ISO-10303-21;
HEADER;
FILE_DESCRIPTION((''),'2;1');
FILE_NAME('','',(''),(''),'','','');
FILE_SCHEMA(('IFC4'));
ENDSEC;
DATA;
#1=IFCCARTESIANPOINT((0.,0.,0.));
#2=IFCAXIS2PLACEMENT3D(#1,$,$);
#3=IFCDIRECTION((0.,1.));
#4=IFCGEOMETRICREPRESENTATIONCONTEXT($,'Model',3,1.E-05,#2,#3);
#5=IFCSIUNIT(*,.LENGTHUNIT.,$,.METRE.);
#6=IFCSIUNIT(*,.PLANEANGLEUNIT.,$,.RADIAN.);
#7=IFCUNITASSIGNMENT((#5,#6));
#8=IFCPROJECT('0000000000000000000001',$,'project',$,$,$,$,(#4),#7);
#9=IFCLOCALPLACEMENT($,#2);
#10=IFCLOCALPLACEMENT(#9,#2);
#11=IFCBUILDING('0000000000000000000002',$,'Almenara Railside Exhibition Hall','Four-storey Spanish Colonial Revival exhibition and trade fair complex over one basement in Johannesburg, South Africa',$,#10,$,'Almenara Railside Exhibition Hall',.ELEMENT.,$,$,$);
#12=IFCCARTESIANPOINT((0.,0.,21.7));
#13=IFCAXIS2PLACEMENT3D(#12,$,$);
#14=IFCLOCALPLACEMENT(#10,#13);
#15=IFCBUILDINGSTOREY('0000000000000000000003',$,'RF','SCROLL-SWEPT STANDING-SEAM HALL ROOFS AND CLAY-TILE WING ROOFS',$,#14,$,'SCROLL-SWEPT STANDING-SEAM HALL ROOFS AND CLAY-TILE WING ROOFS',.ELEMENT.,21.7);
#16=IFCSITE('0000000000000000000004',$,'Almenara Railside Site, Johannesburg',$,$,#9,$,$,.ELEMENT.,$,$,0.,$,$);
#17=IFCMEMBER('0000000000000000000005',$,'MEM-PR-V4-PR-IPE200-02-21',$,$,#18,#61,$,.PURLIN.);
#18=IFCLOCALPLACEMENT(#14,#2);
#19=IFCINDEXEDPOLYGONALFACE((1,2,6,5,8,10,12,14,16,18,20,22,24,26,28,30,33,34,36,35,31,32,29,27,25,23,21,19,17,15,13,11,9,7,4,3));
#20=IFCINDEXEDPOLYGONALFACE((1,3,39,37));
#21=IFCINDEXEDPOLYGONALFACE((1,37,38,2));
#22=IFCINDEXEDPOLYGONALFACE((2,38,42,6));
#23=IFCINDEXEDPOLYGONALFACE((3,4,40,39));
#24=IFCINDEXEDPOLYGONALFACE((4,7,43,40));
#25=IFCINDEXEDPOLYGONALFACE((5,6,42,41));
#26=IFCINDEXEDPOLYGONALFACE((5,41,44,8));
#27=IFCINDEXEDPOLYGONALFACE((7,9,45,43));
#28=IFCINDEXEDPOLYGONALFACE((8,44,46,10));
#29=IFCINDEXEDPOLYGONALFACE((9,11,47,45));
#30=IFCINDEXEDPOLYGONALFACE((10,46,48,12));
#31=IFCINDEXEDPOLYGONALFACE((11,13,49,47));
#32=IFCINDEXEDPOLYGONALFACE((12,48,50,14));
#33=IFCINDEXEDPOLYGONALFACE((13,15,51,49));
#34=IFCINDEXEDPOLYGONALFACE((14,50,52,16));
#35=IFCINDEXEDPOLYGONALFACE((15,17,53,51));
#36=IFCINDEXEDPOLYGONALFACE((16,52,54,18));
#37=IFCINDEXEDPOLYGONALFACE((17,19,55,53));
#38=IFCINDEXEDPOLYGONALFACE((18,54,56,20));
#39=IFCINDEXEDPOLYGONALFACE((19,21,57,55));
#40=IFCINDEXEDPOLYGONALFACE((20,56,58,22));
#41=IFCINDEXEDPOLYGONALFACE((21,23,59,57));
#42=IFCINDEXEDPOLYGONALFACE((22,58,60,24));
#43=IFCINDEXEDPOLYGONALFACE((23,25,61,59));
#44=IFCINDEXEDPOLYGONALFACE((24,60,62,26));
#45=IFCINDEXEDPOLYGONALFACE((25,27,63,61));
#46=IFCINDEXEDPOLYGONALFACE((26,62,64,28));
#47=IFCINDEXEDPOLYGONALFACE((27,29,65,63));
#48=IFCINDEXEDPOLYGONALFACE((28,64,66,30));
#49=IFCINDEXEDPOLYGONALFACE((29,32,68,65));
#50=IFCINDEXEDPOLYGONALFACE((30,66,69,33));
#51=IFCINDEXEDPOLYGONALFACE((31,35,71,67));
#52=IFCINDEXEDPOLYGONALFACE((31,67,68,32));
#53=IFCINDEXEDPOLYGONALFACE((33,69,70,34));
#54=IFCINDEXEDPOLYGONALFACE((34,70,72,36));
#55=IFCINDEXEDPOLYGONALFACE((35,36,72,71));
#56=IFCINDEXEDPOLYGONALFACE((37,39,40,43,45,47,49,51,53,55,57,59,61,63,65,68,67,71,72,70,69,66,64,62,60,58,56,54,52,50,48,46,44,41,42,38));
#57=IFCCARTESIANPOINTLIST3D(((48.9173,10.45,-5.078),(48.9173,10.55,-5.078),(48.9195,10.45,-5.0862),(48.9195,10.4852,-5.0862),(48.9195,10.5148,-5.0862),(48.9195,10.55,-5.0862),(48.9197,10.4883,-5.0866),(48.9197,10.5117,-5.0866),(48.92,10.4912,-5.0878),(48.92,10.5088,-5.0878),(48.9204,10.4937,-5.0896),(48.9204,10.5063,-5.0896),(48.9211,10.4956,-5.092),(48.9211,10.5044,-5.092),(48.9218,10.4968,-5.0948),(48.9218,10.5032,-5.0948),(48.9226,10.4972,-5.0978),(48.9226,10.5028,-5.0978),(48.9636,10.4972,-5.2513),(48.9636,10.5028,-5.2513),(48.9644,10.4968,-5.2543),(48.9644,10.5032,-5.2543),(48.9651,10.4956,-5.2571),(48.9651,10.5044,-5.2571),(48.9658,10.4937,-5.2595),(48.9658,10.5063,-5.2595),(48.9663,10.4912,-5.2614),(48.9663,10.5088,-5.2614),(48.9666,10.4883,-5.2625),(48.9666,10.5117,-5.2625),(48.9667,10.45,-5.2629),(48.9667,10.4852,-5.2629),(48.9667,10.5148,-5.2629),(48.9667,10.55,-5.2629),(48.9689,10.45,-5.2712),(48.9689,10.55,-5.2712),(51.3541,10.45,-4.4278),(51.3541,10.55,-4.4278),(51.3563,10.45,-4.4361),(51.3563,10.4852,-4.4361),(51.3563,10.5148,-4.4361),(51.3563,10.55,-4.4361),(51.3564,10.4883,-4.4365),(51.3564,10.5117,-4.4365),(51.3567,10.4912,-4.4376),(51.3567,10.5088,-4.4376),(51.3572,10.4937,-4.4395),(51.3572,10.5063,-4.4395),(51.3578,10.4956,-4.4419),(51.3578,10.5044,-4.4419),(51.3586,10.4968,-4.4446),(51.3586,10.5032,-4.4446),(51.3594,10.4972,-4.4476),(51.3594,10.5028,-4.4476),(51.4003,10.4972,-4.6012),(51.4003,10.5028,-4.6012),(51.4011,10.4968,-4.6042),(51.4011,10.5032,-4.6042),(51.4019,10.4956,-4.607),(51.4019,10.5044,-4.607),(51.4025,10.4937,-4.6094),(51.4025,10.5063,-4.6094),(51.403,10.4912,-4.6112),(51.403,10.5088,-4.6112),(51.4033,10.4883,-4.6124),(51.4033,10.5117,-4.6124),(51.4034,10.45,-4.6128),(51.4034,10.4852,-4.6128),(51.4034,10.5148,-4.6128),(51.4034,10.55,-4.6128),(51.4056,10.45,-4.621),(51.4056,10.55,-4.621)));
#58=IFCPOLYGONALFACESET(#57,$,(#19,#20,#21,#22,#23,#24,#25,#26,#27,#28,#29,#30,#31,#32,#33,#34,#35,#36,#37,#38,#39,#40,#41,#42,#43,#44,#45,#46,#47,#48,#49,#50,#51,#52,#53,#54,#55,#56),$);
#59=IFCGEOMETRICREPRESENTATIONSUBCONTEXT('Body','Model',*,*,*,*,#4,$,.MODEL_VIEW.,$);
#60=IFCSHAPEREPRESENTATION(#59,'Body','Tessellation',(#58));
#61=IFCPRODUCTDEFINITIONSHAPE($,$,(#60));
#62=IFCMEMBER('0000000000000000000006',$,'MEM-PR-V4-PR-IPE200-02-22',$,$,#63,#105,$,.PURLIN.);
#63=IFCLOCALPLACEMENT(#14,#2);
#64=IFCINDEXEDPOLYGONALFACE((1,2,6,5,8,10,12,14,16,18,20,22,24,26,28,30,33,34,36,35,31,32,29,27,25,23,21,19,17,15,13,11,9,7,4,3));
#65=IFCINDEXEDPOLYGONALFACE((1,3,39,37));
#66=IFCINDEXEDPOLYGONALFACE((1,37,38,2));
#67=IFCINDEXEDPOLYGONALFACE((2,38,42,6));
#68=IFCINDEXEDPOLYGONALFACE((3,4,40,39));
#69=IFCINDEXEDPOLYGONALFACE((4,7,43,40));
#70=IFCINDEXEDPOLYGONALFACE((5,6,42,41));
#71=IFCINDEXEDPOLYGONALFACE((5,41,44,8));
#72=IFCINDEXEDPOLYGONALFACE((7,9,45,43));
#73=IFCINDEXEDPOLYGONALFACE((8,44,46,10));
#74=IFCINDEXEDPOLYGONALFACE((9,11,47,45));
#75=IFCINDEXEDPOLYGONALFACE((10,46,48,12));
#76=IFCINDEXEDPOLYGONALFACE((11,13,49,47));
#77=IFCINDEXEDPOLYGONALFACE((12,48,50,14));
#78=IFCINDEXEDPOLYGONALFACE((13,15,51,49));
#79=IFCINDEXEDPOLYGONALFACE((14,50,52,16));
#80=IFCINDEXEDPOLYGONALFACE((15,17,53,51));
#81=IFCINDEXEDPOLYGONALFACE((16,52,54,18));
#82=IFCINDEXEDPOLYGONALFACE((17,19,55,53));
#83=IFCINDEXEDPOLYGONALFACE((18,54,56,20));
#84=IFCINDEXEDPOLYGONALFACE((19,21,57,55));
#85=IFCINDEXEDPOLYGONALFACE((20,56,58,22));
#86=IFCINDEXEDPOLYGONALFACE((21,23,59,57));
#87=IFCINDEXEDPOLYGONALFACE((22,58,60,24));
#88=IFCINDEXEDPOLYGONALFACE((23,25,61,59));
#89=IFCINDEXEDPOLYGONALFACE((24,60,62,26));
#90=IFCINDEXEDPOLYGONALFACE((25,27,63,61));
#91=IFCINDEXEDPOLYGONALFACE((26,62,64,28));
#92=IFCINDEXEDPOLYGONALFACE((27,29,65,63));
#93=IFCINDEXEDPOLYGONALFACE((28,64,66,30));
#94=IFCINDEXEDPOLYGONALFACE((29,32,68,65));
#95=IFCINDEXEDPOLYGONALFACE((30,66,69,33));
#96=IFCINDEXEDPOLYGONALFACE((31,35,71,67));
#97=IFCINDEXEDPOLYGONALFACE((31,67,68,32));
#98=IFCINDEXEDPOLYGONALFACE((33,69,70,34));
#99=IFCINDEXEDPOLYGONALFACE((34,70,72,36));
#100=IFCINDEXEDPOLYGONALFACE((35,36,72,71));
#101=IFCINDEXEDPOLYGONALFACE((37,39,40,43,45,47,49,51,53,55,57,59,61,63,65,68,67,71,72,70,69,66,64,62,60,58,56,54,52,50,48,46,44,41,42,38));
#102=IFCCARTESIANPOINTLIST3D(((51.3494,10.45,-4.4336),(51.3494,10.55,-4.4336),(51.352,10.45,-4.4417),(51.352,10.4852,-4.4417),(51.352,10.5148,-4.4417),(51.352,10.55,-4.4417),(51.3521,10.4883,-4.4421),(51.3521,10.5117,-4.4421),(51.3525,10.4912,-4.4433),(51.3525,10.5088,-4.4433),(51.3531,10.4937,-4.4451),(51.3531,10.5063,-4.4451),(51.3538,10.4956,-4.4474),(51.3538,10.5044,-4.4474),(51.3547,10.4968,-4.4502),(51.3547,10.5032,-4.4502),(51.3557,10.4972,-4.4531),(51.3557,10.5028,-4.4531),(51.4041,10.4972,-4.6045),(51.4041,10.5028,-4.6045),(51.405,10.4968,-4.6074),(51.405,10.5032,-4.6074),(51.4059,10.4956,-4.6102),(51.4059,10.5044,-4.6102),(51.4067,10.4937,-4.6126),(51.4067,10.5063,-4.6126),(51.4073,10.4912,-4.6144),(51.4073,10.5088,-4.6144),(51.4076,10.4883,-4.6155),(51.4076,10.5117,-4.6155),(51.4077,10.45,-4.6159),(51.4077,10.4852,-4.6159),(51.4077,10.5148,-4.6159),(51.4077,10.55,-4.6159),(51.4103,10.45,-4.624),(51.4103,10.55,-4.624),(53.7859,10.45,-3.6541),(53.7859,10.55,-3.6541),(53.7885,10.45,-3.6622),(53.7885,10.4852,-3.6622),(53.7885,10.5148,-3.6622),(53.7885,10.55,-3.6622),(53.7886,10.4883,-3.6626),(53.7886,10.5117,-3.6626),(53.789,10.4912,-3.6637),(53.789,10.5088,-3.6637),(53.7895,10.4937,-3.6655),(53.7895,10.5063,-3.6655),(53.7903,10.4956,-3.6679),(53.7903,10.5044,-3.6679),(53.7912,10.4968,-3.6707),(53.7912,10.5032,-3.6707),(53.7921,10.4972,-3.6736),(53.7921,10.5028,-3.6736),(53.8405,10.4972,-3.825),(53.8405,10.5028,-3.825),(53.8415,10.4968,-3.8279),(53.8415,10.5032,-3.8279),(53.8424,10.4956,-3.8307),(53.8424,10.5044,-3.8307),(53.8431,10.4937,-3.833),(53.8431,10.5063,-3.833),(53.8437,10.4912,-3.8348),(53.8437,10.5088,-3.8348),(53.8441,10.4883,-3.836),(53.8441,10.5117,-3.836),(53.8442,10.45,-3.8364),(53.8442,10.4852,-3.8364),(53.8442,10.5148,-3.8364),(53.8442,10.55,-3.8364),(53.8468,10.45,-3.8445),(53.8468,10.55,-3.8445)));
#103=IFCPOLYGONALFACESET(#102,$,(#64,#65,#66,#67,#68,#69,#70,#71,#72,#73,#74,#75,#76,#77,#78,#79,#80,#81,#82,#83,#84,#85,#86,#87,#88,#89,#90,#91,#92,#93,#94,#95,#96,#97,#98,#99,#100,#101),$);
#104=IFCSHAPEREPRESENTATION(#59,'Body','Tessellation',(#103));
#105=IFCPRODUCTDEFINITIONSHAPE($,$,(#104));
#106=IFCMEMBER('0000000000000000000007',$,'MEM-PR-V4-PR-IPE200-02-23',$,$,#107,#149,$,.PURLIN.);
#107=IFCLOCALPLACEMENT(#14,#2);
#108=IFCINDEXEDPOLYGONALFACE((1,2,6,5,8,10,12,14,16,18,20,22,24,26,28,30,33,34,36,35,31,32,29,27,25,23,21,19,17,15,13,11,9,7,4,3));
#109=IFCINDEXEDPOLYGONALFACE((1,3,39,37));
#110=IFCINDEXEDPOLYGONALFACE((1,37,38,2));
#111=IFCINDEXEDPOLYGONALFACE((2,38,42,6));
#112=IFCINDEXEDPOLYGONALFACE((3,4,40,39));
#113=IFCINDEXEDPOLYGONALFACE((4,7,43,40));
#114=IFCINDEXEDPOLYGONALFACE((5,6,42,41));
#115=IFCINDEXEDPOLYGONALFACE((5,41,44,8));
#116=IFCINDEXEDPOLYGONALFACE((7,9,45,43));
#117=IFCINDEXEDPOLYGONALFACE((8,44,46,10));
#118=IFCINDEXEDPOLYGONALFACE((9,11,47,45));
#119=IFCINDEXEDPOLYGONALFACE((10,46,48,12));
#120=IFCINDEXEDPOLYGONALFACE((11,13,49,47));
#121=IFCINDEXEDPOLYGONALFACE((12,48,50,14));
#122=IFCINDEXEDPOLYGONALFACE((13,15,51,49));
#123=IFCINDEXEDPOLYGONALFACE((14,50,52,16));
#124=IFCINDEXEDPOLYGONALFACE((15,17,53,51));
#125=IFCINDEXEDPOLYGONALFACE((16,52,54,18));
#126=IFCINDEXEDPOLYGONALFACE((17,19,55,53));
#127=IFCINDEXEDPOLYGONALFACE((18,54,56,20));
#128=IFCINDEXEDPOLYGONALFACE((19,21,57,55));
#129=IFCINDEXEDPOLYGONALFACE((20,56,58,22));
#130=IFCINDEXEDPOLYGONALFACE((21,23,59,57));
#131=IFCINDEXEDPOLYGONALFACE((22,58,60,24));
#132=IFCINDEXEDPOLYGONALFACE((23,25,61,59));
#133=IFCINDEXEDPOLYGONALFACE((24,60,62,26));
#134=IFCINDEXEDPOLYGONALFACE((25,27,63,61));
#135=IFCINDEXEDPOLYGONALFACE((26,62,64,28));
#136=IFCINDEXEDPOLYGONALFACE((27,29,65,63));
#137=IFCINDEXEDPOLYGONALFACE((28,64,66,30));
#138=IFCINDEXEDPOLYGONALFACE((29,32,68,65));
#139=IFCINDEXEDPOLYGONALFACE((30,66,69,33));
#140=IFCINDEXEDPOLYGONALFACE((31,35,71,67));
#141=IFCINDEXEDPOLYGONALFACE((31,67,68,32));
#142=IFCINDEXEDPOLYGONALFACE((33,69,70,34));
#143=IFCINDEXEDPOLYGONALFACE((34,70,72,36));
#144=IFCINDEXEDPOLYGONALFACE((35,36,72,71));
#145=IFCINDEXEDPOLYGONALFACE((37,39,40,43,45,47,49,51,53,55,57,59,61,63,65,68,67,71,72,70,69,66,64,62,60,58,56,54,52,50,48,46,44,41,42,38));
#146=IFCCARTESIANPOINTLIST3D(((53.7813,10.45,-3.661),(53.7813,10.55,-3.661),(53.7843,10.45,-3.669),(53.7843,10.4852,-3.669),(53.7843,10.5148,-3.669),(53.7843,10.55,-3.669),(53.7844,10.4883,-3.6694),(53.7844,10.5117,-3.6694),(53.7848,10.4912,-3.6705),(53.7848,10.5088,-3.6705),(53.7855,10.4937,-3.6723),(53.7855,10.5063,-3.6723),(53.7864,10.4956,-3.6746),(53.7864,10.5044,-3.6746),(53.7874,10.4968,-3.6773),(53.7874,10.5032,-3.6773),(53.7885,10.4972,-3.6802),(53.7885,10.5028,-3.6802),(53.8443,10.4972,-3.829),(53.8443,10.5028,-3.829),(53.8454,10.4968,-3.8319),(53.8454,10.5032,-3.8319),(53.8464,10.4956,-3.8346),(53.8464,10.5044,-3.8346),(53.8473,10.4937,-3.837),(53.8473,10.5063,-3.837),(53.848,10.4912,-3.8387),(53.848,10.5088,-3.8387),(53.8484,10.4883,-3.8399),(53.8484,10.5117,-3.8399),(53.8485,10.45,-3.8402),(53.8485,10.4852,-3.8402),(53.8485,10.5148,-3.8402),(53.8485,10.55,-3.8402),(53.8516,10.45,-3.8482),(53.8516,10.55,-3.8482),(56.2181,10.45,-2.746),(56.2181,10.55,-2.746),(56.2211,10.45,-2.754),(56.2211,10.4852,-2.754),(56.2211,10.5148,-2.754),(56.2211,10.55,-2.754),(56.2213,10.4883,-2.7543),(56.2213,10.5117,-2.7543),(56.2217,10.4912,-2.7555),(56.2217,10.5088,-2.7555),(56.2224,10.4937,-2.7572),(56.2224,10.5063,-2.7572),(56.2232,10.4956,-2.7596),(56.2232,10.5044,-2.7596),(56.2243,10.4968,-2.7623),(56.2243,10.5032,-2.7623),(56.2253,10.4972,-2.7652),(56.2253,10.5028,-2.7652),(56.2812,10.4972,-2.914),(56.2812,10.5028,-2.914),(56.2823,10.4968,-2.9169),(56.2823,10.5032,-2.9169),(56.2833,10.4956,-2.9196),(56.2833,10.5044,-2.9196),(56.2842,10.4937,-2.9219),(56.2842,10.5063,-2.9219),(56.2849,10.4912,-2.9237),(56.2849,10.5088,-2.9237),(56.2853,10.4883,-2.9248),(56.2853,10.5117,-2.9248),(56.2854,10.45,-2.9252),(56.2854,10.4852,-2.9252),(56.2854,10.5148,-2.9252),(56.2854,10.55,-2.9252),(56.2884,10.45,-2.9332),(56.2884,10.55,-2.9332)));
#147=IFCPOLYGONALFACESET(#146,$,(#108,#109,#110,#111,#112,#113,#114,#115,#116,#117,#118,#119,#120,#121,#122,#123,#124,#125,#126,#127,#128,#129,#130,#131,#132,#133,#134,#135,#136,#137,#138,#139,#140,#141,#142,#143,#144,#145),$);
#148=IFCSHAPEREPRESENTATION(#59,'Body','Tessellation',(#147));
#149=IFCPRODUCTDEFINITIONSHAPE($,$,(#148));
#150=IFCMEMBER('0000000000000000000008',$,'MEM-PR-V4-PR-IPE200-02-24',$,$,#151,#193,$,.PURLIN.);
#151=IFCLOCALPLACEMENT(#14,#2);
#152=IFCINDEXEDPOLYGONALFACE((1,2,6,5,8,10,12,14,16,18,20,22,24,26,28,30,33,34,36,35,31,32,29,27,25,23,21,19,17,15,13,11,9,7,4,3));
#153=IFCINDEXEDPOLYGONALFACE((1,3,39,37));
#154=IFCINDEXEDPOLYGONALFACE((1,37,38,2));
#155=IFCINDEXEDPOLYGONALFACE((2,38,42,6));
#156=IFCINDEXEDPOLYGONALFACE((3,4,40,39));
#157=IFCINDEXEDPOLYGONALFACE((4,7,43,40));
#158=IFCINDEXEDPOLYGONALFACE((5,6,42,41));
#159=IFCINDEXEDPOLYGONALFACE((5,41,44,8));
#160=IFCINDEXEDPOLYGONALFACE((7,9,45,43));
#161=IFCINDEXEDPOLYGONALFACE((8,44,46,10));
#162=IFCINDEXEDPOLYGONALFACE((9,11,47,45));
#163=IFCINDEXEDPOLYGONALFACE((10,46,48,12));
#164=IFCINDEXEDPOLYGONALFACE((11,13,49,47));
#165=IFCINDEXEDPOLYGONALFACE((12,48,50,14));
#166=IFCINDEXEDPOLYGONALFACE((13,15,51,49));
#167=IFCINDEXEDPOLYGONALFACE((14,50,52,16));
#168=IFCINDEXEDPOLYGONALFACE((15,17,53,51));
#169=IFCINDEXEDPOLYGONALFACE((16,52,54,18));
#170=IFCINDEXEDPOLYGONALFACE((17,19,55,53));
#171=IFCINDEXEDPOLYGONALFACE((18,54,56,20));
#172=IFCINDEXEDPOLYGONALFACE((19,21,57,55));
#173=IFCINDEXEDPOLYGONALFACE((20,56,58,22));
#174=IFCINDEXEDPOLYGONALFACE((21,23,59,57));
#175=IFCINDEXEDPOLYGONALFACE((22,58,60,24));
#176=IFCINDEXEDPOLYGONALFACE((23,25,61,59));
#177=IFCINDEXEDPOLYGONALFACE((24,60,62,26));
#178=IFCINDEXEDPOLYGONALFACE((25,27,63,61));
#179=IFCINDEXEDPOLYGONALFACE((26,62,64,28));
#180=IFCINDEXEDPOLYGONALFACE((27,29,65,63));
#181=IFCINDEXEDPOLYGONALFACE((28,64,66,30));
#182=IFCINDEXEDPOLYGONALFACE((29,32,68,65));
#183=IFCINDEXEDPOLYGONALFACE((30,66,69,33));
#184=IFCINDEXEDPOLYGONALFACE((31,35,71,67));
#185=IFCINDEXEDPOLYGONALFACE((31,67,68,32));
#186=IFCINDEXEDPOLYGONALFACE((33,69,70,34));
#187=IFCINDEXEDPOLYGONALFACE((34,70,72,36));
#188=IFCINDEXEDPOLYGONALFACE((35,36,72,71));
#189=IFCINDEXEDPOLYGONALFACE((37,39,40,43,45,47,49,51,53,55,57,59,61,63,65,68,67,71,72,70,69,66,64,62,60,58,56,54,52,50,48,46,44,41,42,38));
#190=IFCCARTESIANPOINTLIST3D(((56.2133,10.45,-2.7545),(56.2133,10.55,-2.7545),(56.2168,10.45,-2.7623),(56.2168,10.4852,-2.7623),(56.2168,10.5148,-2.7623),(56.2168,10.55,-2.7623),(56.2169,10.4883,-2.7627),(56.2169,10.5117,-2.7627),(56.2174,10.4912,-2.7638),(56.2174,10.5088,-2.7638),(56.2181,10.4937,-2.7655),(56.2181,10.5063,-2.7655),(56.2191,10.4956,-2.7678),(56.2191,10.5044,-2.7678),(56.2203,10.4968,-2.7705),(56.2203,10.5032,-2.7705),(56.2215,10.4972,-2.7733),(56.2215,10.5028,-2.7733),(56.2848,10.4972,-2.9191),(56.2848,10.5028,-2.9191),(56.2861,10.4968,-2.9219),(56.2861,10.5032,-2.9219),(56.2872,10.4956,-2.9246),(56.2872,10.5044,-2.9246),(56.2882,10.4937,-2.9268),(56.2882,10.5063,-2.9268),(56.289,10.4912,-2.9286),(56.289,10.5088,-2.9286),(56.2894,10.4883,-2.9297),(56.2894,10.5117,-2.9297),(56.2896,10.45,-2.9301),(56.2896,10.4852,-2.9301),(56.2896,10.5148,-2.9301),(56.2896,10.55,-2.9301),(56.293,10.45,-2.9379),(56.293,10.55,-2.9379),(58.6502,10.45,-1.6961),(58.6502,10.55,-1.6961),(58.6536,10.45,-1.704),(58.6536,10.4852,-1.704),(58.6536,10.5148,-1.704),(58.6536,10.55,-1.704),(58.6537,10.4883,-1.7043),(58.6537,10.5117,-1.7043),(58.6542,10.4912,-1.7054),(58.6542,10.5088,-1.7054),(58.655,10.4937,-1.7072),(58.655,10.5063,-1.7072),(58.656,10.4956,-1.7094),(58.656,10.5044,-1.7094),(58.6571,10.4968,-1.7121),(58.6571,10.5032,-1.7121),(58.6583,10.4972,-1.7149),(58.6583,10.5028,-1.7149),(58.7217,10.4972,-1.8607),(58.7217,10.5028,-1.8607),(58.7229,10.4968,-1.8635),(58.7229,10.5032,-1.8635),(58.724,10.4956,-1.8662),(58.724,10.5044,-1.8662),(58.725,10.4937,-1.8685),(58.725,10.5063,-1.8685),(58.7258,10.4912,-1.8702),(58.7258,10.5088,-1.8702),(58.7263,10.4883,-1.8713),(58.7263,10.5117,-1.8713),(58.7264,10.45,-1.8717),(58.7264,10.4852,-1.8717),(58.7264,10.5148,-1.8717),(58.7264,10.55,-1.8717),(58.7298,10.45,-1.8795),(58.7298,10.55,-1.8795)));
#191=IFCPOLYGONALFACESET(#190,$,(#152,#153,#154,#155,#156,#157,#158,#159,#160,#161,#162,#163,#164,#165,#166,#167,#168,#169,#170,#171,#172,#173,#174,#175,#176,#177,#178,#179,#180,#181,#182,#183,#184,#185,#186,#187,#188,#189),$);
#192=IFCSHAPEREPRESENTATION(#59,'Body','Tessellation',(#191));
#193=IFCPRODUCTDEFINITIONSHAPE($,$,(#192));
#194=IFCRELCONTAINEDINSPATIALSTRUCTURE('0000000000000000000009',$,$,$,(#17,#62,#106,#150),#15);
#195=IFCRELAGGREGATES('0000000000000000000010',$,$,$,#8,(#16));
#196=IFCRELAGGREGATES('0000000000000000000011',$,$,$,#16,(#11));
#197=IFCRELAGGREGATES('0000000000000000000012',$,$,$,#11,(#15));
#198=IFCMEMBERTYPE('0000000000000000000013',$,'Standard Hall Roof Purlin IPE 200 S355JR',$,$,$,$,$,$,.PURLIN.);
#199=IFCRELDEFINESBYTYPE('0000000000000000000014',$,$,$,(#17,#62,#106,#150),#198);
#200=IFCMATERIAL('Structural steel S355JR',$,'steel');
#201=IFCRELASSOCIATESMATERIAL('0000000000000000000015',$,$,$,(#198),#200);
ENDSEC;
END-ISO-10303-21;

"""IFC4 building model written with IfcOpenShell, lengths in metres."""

from ifc_helpers import new_model, si_unit, direction, frame, origin, origin_2d, place, context, subcontext, project, spatial, i_section, extrude, material, material_profile, profile_set, type_object, element, save


model = new_model("IFC4")

# Units and contexts
model_context = context("Model", 3, precision=1e-05, world=origin(), true_north=direction((0.0, 1.0)))
body_context = subcontext(model_context, "Body", "Model", "MODEL_VIEW")
ifc_project = project(units=[si_unit("LENGTHUNIT", "METRE"), si_unit("PLANEANGLEUNIT", "RADIAN")], contexts=[model_context])

# Site, building, storey
site_placement = place(None, origin())
site = spatial("IfcSite", under=ifc_project, at=site_placement, Name="Almenara Railside Site, Johannesburg", CompositionType="ELEMENT", RefElevation=0.0)
building_placement = place(site_placement, origin())
building = spatial("IfcBuilding", under=site, at=building_placement, Name="Almenara Railside Exhibition Hall", Description="Four-storey Spanish Colonial Revival exhibition and trade fair complex over one basement in Johannesburg, South Africa", LongName="Almenara Railside Exhibition Hall", CompositionType="ELEMENT")
storey_placement = place(building_placement, frame((0.0, 0.0, 21.7)))
storey = spatial("IfcBuildingStorey", under=building, at=storey_placement, Name="RF", Description="SCROLL-SWEPT STANDING-SEAM HALL ROOFS AND CLAY-TILE WING ROOFS", LongName="SCROLL-SWEPT STANDING-SEAM HALL ROOFS AND CLAY-TILE WING ROOFS", CompositionType="ELEMENT", Elevation=21.7)

# Members
ifc_material_1 = material(Name="Structural steel S355JR", Category="steel")
ifc_material_profile_1 = material_profile(ifc_material_1, i_section(OverallWidth=0.1001, OverallDepth=0.2, WebThickness=0.0056, FlangeThickness=0.0085, FilletRadius=0.012, at=origin_2d()), Name="IPE 200")
ifc_profile_set_1 = profile_set([ifc_material_profile_1], Name="Structural steel S355JR")
member_type_1 = type_object("IfcMemberType", Name="Standard Hall Roof Purlin IPE 200 S355JR", PredefinedType="PURLIN", material=ifc_profile_set_1)
member_1_placement = place(storey_placement, frame((48.9431, 10.5, -5.1746), z_axis=(0.966201, 0.0, 0.257789), x_axis=(0.0, 1.0, 0.0)))
element("IfcMember", 1, at=member_1_placement, inside=storey, type_object=member_type_1, Name="MEM-PR-V4-PR-IPE200-02-21", PredefinedType="PURLIN", context=body_context, shape_type="SweptSolid", body=[
    extrude(i_section(OverallWidth=0.1001, OverallDepth=0.2, WebThickness=0.0056, FlangeThickness=0.0085, FilletRadius=0.012, at=origin_2d()), origin(), (0.0, 0.0, 1.0), 2.522),
])
member_2_placement = place(storey_placement, frame((51.3799, 10.5, -4.5288), z_axis=(0.952441, 0.0, 0.304724), x_axis=(0.0, 1.0, 0.0)))
element("IfcMember", 2, at=member_2_placement, inside=storey, type_object=member_type_1, Name="MEM-PR-V4-PR-IPE200-02-22", PredefinedType="PURLIN", context=body_context, shape_type="SweptSolid", body=[
    extrude(i_section(OverallWidth=0.1001, OverallDepth=0.2, WebThickness=0.0056, FlangeThickness=0.0085, FilletRadius=0.012, at=origin_2d()), origin(), (0.0, 0.0, 1.0), 2.5581),
])
member_3_placement = place(storey_placement, frame((53.8164, 10.5, -3.7546), z_axis=(0.936171, 0.0, 0.351545), x_axis=(0.0, 1.0, 0.0)))
element("IfcMember", 3, at=member_3_placement, inside=storey, type_object=member_type_1, Name="MEM-PR-V4-PR-IPE200-02-23", PredefinedType="PURLIN", context=body_context, shape_type="SweptSolid", body=[
    extrude(i_section(OverallWidth=0.1001, OverallDepth=0.2, WebThickness=0.0056, FlangeThickness=0.0085, FilletRadius=0.012, at=origin_2d()), origin(), (0.0, 0.0, 1.0), 2.603),
])
member_4_placement = place(storey_placement, frame((56.2532, 10.5, -2.8462), z_axis=(0.917223, 0.0, 0.398373), x_axis=(0.0, 1.0, 0.0)))
element("IfcMember", 4, at=member_4_placement, inside=storey, type_object=member_type_1, Name="MEM-PR-V4-PR-IPE200-02-24", PredefinedType="PURLIN", context=body_context, shape_type="SweptSolid", body=[
    extrude(i_section(OverallWidth=0.1001, OverallDepth=0.2, WebThickness=0.0056, FlangeThickness=0.0085, FilletRadius=0.012, at=origin_2d()), origin(), (0.0, 0.0, 1.0), 2.6567),
])

save(model, "model.ifc")
